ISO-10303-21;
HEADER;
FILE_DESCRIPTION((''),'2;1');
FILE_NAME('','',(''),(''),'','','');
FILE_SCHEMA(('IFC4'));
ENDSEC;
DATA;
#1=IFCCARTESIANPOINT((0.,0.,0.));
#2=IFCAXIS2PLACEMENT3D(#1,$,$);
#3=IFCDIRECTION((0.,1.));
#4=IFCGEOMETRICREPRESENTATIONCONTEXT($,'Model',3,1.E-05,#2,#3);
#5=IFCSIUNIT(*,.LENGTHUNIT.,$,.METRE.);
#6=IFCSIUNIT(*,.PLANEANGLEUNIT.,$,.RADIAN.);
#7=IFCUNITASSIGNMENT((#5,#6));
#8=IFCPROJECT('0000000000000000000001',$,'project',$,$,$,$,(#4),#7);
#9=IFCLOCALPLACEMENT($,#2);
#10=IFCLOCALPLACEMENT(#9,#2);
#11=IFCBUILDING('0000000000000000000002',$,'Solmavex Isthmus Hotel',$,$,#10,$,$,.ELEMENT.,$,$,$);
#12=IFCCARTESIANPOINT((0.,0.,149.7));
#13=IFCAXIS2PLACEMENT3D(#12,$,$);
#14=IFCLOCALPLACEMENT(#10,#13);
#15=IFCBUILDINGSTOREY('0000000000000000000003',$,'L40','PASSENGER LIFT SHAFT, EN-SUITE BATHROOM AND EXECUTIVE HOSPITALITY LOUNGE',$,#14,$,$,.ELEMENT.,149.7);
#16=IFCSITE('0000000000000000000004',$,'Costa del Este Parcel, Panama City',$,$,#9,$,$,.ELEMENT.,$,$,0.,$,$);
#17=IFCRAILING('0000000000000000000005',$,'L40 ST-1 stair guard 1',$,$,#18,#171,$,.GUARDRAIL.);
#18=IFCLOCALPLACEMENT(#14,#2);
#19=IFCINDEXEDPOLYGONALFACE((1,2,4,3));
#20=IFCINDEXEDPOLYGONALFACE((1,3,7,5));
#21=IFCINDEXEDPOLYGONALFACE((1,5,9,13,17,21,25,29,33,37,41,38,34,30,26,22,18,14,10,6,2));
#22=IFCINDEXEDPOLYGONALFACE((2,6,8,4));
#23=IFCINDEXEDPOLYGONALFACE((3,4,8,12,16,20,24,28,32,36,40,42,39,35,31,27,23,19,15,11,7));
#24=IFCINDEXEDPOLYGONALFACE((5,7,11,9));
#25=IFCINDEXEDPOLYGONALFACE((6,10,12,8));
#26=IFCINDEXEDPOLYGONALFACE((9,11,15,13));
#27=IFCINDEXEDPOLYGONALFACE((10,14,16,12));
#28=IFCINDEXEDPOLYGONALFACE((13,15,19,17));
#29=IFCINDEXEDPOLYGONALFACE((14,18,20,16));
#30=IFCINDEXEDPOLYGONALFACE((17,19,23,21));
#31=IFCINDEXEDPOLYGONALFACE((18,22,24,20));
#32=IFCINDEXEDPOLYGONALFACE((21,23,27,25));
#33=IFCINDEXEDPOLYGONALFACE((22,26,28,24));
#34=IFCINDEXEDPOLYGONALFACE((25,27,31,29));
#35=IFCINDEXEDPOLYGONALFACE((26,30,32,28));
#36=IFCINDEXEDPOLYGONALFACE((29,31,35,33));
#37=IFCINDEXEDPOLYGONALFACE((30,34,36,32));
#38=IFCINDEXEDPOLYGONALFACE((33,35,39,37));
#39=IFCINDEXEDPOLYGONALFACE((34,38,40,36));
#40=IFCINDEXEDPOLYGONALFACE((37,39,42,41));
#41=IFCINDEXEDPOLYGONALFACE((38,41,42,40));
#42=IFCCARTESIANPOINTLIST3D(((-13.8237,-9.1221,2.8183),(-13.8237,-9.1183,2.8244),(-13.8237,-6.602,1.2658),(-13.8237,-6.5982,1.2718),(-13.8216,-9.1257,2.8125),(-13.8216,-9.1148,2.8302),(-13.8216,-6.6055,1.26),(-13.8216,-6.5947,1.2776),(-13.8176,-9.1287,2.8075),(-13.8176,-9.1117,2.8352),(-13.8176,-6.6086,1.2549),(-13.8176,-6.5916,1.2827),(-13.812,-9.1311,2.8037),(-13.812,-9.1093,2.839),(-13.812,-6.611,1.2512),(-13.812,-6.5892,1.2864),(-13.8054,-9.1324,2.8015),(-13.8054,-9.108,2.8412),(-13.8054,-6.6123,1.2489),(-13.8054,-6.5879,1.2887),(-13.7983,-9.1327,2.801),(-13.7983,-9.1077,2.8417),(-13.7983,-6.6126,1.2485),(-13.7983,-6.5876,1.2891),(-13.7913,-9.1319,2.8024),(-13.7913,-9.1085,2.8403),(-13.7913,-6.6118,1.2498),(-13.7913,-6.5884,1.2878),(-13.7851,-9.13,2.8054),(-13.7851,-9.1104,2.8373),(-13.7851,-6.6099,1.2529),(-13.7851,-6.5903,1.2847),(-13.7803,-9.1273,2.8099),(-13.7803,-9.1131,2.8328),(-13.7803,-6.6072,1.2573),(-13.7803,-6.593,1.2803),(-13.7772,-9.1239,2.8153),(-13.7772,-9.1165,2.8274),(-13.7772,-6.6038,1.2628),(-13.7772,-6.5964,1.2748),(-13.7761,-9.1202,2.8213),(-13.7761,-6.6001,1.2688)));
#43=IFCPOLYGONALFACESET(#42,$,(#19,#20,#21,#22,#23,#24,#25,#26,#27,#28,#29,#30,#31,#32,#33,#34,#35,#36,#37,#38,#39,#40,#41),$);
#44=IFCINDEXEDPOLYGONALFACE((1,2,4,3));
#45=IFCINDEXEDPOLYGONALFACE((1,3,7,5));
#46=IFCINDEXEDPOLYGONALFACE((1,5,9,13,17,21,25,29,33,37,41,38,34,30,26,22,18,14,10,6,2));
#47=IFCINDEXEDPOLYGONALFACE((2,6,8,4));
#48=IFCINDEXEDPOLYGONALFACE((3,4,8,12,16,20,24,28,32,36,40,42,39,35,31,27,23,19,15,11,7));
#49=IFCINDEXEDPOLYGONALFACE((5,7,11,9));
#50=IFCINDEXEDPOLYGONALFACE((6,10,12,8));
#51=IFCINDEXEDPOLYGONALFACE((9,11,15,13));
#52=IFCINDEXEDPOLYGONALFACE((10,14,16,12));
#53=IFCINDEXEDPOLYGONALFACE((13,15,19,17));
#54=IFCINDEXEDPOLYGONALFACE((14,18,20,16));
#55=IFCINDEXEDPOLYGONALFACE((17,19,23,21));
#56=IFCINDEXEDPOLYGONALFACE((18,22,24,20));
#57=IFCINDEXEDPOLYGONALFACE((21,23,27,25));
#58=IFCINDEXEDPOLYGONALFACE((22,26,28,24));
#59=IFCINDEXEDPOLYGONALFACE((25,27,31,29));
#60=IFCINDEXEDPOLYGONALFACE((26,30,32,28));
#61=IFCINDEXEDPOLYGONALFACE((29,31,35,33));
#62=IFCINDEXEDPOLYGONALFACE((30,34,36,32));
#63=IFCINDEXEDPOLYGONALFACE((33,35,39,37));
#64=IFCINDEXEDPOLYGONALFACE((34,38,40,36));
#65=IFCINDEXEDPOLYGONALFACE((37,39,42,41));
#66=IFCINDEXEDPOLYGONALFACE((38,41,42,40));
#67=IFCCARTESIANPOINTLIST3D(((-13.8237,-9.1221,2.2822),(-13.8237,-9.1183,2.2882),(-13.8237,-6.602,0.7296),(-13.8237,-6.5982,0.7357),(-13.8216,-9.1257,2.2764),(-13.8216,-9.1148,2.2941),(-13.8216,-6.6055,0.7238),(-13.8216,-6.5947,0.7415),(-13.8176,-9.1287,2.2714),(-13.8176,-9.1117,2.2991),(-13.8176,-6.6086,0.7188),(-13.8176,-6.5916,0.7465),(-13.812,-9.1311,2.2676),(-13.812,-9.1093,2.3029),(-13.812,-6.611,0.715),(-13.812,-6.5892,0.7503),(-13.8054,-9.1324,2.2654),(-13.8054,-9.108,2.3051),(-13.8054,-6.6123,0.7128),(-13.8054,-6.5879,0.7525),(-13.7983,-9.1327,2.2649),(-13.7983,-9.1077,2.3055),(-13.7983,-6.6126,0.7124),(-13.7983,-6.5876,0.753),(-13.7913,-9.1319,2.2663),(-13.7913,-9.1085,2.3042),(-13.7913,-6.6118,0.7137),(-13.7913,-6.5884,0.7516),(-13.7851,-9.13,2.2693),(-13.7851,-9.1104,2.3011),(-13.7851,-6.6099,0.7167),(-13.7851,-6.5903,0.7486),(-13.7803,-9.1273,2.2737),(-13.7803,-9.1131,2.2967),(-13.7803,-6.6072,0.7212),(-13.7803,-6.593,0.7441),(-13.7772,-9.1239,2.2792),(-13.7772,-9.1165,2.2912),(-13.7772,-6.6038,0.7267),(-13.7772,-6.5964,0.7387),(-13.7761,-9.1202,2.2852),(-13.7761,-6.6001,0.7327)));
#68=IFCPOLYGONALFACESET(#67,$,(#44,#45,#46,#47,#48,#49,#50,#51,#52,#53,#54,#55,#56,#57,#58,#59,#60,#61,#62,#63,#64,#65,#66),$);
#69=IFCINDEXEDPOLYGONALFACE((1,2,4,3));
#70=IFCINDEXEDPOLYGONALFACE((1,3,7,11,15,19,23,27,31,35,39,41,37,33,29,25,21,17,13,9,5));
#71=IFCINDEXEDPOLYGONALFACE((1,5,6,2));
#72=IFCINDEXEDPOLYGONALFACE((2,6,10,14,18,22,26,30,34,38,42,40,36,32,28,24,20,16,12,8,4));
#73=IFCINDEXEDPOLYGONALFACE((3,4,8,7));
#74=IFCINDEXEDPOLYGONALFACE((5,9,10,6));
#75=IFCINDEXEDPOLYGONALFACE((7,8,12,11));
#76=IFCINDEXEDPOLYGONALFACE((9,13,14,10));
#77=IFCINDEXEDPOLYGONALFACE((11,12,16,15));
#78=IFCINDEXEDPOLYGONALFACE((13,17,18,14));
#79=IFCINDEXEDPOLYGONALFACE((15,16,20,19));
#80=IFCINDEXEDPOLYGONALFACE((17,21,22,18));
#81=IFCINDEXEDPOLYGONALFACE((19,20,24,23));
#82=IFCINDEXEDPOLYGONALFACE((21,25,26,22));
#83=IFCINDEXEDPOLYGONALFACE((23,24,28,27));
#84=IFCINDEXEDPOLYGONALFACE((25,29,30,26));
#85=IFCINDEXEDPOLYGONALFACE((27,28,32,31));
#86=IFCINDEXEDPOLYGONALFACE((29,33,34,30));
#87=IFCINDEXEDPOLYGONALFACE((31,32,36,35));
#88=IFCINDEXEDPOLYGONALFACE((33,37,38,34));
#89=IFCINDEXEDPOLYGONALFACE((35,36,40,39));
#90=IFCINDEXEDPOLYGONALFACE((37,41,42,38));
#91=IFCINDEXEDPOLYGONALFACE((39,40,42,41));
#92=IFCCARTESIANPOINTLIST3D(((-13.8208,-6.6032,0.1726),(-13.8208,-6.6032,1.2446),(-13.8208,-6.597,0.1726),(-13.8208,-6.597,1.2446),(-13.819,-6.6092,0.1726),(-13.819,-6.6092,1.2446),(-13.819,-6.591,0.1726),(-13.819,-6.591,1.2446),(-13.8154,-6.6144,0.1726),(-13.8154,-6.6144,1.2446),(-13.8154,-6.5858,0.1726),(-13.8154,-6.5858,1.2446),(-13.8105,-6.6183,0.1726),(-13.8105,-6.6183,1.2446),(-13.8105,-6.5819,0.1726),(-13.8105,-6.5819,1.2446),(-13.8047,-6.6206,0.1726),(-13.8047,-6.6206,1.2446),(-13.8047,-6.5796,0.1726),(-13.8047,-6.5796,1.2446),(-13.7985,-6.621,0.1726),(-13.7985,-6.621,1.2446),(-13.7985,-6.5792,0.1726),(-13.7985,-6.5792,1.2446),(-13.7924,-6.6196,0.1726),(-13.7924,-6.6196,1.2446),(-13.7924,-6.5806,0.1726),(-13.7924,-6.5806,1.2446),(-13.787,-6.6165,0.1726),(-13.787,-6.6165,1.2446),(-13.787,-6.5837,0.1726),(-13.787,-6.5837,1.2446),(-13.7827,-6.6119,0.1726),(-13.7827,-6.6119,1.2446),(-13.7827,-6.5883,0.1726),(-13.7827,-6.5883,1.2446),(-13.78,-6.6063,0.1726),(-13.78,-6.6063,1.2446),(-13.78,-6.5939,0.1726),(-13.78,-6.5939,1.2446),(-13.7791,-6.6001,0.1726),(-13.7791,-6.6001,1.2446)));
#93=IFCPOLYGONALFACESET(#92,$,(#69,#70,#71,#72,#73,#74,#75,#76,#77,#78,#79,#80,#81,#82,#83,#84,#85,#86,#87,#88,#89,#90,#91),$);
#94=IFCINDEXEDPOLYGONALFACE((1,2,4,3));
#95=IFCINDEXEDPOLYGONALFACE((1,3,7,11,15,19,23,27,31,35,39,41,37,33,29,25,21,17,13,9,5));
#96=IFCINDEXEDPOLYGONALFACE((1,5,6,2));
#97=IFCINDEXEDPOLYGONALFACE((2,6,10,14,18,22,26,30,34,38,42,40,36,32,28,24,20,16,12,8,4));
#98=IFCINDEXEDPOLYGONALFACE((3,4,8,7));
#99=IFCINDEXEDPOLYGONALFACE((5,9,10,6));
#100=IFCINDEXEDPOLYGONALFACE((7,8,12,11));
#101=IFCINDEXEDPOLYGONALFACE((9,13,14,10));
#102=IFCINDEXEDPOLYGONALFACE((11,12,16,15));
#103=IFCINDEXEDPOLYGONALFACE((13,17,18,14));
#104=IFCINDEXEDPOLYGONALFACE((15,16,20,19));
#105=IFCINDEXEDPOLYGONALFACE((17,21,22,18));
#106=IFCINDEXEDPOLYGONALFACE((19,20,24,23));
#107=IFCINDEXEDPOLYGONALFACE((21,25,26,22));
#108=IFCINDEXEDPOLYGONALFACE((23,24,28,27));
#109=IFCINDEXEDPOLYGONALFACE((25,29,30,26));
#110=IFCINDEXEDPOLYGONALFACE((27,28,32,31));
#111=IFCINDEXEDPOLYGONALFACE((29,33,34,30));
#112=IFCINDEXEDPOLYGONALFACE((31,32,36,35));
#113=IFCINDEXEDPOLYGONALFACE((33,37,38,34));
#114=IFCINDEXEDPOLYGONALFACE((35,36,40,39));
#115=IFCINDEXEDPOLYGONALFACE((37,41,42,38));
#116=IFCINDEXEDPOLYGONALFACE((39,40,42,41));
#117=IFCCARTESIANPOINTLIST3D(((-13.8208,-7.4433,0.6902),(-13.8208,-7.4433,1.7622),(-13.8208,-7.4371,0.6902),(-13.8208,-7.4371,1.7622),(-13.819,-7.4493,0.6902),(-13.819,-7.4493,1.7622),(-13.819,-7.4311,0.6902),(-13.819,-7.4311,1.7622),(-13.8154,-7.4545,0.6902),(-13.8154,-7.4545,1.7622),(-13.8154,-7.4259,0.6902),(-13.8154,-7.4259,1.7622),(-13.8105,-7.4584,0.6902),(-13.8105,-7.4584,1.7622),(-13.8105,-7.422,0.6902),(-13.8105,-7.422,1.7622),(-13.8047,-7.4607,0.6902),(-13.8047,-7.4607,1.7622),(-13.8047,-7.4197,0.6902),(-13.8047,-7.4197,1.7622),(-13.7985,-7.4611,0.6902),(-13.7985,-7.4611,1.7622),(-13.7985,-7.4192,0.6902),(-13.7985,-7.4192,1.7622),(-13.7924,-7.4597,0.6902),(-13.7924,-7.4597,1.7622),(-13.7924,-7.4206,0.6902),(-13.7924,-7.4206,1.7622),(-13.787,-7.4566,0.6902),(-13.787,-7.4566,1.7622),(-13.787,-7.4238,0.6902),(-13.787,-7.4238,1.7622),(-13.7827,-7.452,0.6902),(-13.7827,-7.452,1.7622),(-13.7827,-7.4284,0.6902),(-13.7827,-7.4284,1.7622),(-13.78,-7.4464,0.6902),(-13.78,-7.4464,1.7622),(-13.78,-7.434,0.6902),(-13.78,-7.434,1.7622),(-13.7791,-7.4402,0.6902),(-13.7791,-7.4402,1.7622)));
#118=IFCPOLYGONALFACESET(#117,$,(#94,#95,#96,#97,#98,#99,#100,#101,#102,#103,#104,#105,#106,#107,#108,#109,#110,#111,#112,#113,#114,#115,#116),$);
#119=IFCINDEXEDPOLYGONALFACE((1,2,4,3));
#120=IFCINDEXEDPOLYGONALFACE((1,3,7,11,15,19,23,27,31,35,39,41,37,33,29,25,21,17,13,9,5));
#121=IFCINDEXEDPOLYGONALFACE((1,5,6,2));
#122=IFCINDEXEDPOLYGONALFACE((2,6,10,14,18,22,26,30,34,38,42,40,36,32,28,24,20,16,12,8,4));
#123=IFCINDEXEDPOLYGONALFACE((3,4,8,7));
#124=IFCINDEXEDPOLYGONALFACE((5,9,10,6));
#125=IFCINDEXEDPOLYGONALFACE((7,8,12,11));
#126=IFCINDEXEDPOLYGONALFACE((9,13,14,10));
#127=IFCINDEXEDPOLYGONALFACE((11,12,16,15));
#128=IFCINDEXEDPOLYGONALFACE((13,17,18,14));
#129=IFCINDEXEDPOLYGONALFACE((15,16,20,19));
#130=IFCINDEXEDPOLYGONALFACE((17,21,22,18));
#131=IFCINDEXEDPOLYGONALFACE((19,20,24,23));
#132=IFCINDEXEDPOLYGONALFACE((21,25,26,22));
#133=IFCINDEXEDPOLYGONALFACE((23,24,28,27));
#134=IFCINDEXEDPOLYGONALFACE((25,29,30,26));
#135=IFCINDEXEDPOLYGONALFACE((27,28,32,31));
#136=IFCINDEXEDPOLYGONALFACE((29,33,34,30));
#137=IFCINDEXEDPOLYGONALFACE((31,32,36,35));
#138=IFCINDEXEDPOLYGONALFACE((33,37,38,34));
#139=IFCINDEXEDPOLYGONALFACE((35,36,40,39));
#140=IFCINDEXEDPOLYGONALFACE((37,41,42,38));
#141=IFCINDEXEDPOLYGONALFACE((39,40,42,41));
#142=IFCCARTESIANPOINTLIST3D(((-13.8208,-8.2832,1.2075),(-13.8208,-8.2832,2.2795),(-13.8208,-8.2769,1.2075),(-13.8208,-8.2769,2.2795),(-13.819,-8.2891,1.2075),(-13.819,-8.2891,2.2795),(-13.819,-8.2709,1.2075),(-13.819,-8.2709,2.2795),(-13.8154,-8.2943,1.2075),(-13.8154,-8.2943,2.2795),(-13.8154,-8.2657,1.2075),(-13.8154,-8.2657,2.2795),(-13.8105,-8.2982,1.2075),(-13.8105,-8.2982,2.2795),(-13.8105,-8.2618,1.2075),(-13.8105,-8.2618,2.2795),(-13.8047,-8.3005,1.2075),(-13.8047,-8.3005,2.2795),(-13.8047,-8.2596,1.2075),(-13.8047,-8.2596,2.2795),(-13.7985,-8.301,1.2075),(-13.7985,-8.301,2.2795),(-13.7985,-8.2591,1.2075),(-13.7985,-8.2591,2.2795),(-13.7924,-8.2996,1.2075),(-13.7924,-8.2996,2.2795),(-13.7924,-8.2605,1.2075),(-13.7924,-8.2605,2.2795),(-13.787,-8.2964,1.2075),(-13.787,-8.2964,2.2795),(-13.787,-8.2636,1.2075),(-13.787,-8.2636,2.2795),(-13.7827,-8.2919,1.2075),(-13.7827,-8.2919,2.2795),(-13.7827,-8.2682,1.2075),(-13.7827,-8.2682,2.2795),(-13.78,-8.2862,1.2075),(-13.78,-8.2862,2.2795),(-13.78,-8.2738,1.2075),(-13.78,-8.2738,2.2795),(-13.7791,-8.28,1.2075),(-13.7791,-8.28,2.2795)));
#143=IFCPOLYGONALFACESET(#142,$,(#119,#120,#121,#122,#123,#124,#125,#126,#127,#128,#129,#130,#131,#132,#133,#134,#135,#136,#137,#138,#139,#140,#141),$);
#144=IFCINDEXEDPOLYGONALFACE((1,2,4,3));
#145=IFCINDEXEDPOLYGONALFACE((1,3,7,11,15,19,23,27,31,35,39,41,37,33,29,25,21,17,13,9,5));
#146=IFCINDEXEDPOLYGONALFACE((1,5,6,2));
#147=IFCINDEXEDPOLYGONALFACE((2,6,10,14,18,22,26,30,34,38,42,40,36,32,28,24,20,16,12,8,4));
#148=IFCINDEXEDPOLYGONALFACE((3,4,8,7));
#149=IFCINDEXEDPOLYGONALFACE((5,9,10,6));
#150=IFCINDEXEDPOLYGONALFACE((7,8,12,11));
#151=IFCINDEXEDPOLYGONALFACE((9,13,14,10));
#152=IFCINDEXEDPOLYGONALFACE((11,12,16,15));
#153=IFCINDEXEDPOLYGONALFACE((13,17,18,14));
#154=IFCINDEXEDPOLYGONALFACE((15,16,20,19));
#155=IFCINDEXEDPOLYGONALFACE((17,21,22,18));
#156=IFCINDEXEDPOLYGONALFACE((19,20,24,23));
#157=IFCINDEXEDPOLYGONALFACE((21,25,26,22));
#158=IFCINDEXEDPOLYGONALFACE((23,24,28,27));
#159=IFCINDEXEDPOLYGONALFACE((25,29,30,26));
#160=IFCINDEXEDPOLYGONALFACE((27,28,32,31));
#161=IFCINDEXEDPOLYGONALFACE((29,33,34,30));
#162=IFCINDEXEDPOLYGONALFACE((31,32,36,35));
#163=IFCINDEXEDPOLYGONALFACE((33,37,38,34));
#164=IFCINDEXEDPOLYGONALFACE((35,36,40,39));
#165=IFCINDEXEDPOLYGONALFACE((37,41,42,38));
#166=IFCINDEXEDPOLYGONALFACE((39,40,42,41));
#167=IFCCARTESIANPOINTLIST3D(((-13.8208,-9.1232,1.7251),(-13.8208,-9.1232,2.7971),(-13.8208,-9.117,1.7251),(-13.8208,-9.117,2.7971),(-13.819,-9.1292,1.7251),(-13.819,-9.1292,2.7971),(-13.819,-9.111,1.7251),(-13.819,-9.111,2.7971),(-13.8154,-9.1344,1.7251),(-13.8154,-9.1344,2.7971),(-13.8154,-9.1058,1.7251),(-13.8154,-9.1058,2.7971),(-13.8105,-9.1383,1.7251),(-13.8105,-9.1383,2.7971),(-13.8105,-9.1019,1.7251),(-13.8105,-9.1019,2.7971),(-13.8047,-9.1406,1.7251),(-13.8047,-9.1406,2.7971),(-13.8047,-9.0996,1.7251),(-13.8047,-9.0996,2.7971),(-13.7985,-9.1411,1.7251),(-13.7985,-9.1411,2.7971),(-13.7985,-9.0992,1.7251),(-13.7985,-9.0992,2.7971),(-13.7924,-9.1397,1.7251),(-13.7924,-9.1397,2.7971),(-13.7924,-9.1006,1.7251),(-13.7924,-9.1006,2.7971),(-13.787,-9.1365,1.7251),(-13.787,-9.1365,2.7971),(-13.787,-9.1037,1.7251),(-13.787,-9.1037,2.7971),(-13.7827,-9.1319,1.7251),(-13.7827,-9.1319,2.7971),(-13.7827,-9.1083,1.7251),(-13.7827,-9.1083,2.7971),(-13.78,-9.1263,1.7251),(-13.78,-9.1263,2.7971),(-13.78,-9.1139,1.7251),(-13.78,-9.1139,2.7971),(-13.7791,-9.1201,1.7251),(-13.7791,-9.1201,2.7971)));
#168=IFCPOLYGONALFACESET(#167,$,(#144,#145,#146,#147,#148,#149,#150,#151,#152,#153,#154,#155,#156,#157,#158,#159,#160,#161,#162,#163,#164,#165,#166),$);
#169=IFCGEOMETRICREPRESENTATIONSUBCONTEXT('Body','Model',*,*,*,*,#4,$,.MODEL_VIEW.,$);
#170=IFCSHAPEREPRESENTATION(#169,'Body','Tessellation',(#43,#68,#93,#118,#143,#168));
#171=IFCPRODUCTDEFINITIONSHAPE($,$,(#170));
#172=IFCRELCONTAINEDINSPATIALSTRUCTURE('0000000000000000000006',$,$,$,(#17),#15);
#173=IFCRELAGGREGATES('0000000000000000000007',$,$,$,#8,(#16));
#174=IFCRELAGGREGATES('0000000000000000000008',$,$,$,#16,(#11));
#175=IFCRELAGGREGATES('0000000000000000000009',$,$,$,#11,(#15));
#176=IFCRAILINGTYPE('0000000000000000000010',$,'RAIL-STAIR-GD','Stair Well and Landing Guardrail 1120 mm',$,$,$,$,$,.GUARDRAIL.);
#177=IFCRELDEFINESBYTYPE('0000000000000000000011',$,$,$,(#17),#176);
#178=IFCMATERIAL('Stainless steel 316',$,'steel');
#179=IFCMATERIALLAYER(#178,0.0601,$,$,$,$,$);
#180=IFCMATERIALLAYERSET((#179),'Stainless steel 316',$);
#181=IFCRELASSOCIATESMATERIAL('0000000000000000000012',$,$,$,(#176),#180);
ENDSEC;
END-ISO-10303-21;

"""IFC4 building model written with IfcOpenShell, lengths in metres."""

from ifc_helpers import new_model, si_unit, direction, frame, origin, origin_2d, place, context, subcontext, project, spatial, circle, extrude, material, layer, layer_set, type_object, element, save


model = new_model("IFC4")

# Units and contexts
model_context = context("Model", 3, precision=1e-05, world=origin(), true_north=direction((0.0, 1.0)))
body_context = subcontext(model_context, "Body", "Model", "MODEL_VIEW")
ifc_project = project(units=[si_unit("LENGTHUNIT", "METRE"), si_unit("PLANEANGLEUNIT", "RADIAN")], contexts=[model_context])

# Site, building, storey
site_placement = place(None, origin())
site = spatial("IfcSite", under=ifc_project, at=site_placement, Name="Costa del Este Parcel, Panama City", CompositionType="ELEMENT", RefElevation=0.0)
building_placement = place(site_placement, origin())
building = spatial("IfcBuilding", under=site, at=building_placement, Name="Solmavex Isthmus Hotel", CompositionType="ELEMENT")
storey_placement = place(building_placement, frame((0.0, 0.0, 149.7)))
storey = spatial("IfcBuildingStorey", under=building, at=storey_placement, Name="L40", Description="PASSENGER LIFT SHAFT, EN-SUITE BATHROOM AND EXECUTIVE HOSPITALITY LOUNGE", CompositionType="ELEMENT", Elevation=149.7)

# Shared definitions
ifc_material_1 = material(Name="Stainless steel 316", Category="steel")

# Railing
ifc_layer_1 = layer(ifc_material_1, 0.0601)
ifc_layer_set_1 = layer_set([ifc_layer_1], Name="Stainless steel 316")
railing_type_1 = type_object("IfcRailingType", Name="RAIL-STAIR-GD", Description="Stair Well and Landing Guardrail 1120 mm", PredefinedType="GUARDRAIL", material=ifc_layer_set_1)
railing_1_placement = place(storey_placement, frame((-13.8, -6.6001, 0.1726)))
element("IfcRailing", 1, at=railing_1_placement, inside=storey, type_object=railing_type_1, Name="L40 ST-1 stair guard 1", PredefinedType="GUARDRAIL", context=body_context, shape_type="SweptSolid", body=[
    extrude(circle(Radius=0.0239, at=origin_2d()), frame((0.0, 0.0, 1.0962), z_axis=(0.0, -0.8514, 0.524516), x_axis=(1.0, 0.0, 0.0)), (0.0, 0.0, 1.0), 2.96),
    extrude(circle(Radius=0.0239, at=origin_2d()), frame((0.0, 0.0, 0.5601), z_axis=(0.0, -0.8514, 0.524516), x_axis=(1.0, 0.0, 0.0)), (0.0, 0.0, 1.0), 2.96),
    extrude(circle(Radius=0.021, at=origin_2d()), origin(), (0.0, 0.0, 1.0), 1.072),
    extrude(circle(Radius=0.021, at=origin_2d()), frame((0.0, -0.8401, 0.5176)), (0.0, 0.0, 1.0), 1.072),
    extrude(circle(Radius=0.021, at=origin_2d()), frame((0.0, -1.6799, 1.0349)), (0.0, 0.0, 1.0), 1.072),
    extrude(circle(Radius=0.021, at=origin_2d()), frame((0.0, -2.52, 1.5525)), (0.0, 0.0, 1.0), 1.072),
])

save(model, "model.ifc")
